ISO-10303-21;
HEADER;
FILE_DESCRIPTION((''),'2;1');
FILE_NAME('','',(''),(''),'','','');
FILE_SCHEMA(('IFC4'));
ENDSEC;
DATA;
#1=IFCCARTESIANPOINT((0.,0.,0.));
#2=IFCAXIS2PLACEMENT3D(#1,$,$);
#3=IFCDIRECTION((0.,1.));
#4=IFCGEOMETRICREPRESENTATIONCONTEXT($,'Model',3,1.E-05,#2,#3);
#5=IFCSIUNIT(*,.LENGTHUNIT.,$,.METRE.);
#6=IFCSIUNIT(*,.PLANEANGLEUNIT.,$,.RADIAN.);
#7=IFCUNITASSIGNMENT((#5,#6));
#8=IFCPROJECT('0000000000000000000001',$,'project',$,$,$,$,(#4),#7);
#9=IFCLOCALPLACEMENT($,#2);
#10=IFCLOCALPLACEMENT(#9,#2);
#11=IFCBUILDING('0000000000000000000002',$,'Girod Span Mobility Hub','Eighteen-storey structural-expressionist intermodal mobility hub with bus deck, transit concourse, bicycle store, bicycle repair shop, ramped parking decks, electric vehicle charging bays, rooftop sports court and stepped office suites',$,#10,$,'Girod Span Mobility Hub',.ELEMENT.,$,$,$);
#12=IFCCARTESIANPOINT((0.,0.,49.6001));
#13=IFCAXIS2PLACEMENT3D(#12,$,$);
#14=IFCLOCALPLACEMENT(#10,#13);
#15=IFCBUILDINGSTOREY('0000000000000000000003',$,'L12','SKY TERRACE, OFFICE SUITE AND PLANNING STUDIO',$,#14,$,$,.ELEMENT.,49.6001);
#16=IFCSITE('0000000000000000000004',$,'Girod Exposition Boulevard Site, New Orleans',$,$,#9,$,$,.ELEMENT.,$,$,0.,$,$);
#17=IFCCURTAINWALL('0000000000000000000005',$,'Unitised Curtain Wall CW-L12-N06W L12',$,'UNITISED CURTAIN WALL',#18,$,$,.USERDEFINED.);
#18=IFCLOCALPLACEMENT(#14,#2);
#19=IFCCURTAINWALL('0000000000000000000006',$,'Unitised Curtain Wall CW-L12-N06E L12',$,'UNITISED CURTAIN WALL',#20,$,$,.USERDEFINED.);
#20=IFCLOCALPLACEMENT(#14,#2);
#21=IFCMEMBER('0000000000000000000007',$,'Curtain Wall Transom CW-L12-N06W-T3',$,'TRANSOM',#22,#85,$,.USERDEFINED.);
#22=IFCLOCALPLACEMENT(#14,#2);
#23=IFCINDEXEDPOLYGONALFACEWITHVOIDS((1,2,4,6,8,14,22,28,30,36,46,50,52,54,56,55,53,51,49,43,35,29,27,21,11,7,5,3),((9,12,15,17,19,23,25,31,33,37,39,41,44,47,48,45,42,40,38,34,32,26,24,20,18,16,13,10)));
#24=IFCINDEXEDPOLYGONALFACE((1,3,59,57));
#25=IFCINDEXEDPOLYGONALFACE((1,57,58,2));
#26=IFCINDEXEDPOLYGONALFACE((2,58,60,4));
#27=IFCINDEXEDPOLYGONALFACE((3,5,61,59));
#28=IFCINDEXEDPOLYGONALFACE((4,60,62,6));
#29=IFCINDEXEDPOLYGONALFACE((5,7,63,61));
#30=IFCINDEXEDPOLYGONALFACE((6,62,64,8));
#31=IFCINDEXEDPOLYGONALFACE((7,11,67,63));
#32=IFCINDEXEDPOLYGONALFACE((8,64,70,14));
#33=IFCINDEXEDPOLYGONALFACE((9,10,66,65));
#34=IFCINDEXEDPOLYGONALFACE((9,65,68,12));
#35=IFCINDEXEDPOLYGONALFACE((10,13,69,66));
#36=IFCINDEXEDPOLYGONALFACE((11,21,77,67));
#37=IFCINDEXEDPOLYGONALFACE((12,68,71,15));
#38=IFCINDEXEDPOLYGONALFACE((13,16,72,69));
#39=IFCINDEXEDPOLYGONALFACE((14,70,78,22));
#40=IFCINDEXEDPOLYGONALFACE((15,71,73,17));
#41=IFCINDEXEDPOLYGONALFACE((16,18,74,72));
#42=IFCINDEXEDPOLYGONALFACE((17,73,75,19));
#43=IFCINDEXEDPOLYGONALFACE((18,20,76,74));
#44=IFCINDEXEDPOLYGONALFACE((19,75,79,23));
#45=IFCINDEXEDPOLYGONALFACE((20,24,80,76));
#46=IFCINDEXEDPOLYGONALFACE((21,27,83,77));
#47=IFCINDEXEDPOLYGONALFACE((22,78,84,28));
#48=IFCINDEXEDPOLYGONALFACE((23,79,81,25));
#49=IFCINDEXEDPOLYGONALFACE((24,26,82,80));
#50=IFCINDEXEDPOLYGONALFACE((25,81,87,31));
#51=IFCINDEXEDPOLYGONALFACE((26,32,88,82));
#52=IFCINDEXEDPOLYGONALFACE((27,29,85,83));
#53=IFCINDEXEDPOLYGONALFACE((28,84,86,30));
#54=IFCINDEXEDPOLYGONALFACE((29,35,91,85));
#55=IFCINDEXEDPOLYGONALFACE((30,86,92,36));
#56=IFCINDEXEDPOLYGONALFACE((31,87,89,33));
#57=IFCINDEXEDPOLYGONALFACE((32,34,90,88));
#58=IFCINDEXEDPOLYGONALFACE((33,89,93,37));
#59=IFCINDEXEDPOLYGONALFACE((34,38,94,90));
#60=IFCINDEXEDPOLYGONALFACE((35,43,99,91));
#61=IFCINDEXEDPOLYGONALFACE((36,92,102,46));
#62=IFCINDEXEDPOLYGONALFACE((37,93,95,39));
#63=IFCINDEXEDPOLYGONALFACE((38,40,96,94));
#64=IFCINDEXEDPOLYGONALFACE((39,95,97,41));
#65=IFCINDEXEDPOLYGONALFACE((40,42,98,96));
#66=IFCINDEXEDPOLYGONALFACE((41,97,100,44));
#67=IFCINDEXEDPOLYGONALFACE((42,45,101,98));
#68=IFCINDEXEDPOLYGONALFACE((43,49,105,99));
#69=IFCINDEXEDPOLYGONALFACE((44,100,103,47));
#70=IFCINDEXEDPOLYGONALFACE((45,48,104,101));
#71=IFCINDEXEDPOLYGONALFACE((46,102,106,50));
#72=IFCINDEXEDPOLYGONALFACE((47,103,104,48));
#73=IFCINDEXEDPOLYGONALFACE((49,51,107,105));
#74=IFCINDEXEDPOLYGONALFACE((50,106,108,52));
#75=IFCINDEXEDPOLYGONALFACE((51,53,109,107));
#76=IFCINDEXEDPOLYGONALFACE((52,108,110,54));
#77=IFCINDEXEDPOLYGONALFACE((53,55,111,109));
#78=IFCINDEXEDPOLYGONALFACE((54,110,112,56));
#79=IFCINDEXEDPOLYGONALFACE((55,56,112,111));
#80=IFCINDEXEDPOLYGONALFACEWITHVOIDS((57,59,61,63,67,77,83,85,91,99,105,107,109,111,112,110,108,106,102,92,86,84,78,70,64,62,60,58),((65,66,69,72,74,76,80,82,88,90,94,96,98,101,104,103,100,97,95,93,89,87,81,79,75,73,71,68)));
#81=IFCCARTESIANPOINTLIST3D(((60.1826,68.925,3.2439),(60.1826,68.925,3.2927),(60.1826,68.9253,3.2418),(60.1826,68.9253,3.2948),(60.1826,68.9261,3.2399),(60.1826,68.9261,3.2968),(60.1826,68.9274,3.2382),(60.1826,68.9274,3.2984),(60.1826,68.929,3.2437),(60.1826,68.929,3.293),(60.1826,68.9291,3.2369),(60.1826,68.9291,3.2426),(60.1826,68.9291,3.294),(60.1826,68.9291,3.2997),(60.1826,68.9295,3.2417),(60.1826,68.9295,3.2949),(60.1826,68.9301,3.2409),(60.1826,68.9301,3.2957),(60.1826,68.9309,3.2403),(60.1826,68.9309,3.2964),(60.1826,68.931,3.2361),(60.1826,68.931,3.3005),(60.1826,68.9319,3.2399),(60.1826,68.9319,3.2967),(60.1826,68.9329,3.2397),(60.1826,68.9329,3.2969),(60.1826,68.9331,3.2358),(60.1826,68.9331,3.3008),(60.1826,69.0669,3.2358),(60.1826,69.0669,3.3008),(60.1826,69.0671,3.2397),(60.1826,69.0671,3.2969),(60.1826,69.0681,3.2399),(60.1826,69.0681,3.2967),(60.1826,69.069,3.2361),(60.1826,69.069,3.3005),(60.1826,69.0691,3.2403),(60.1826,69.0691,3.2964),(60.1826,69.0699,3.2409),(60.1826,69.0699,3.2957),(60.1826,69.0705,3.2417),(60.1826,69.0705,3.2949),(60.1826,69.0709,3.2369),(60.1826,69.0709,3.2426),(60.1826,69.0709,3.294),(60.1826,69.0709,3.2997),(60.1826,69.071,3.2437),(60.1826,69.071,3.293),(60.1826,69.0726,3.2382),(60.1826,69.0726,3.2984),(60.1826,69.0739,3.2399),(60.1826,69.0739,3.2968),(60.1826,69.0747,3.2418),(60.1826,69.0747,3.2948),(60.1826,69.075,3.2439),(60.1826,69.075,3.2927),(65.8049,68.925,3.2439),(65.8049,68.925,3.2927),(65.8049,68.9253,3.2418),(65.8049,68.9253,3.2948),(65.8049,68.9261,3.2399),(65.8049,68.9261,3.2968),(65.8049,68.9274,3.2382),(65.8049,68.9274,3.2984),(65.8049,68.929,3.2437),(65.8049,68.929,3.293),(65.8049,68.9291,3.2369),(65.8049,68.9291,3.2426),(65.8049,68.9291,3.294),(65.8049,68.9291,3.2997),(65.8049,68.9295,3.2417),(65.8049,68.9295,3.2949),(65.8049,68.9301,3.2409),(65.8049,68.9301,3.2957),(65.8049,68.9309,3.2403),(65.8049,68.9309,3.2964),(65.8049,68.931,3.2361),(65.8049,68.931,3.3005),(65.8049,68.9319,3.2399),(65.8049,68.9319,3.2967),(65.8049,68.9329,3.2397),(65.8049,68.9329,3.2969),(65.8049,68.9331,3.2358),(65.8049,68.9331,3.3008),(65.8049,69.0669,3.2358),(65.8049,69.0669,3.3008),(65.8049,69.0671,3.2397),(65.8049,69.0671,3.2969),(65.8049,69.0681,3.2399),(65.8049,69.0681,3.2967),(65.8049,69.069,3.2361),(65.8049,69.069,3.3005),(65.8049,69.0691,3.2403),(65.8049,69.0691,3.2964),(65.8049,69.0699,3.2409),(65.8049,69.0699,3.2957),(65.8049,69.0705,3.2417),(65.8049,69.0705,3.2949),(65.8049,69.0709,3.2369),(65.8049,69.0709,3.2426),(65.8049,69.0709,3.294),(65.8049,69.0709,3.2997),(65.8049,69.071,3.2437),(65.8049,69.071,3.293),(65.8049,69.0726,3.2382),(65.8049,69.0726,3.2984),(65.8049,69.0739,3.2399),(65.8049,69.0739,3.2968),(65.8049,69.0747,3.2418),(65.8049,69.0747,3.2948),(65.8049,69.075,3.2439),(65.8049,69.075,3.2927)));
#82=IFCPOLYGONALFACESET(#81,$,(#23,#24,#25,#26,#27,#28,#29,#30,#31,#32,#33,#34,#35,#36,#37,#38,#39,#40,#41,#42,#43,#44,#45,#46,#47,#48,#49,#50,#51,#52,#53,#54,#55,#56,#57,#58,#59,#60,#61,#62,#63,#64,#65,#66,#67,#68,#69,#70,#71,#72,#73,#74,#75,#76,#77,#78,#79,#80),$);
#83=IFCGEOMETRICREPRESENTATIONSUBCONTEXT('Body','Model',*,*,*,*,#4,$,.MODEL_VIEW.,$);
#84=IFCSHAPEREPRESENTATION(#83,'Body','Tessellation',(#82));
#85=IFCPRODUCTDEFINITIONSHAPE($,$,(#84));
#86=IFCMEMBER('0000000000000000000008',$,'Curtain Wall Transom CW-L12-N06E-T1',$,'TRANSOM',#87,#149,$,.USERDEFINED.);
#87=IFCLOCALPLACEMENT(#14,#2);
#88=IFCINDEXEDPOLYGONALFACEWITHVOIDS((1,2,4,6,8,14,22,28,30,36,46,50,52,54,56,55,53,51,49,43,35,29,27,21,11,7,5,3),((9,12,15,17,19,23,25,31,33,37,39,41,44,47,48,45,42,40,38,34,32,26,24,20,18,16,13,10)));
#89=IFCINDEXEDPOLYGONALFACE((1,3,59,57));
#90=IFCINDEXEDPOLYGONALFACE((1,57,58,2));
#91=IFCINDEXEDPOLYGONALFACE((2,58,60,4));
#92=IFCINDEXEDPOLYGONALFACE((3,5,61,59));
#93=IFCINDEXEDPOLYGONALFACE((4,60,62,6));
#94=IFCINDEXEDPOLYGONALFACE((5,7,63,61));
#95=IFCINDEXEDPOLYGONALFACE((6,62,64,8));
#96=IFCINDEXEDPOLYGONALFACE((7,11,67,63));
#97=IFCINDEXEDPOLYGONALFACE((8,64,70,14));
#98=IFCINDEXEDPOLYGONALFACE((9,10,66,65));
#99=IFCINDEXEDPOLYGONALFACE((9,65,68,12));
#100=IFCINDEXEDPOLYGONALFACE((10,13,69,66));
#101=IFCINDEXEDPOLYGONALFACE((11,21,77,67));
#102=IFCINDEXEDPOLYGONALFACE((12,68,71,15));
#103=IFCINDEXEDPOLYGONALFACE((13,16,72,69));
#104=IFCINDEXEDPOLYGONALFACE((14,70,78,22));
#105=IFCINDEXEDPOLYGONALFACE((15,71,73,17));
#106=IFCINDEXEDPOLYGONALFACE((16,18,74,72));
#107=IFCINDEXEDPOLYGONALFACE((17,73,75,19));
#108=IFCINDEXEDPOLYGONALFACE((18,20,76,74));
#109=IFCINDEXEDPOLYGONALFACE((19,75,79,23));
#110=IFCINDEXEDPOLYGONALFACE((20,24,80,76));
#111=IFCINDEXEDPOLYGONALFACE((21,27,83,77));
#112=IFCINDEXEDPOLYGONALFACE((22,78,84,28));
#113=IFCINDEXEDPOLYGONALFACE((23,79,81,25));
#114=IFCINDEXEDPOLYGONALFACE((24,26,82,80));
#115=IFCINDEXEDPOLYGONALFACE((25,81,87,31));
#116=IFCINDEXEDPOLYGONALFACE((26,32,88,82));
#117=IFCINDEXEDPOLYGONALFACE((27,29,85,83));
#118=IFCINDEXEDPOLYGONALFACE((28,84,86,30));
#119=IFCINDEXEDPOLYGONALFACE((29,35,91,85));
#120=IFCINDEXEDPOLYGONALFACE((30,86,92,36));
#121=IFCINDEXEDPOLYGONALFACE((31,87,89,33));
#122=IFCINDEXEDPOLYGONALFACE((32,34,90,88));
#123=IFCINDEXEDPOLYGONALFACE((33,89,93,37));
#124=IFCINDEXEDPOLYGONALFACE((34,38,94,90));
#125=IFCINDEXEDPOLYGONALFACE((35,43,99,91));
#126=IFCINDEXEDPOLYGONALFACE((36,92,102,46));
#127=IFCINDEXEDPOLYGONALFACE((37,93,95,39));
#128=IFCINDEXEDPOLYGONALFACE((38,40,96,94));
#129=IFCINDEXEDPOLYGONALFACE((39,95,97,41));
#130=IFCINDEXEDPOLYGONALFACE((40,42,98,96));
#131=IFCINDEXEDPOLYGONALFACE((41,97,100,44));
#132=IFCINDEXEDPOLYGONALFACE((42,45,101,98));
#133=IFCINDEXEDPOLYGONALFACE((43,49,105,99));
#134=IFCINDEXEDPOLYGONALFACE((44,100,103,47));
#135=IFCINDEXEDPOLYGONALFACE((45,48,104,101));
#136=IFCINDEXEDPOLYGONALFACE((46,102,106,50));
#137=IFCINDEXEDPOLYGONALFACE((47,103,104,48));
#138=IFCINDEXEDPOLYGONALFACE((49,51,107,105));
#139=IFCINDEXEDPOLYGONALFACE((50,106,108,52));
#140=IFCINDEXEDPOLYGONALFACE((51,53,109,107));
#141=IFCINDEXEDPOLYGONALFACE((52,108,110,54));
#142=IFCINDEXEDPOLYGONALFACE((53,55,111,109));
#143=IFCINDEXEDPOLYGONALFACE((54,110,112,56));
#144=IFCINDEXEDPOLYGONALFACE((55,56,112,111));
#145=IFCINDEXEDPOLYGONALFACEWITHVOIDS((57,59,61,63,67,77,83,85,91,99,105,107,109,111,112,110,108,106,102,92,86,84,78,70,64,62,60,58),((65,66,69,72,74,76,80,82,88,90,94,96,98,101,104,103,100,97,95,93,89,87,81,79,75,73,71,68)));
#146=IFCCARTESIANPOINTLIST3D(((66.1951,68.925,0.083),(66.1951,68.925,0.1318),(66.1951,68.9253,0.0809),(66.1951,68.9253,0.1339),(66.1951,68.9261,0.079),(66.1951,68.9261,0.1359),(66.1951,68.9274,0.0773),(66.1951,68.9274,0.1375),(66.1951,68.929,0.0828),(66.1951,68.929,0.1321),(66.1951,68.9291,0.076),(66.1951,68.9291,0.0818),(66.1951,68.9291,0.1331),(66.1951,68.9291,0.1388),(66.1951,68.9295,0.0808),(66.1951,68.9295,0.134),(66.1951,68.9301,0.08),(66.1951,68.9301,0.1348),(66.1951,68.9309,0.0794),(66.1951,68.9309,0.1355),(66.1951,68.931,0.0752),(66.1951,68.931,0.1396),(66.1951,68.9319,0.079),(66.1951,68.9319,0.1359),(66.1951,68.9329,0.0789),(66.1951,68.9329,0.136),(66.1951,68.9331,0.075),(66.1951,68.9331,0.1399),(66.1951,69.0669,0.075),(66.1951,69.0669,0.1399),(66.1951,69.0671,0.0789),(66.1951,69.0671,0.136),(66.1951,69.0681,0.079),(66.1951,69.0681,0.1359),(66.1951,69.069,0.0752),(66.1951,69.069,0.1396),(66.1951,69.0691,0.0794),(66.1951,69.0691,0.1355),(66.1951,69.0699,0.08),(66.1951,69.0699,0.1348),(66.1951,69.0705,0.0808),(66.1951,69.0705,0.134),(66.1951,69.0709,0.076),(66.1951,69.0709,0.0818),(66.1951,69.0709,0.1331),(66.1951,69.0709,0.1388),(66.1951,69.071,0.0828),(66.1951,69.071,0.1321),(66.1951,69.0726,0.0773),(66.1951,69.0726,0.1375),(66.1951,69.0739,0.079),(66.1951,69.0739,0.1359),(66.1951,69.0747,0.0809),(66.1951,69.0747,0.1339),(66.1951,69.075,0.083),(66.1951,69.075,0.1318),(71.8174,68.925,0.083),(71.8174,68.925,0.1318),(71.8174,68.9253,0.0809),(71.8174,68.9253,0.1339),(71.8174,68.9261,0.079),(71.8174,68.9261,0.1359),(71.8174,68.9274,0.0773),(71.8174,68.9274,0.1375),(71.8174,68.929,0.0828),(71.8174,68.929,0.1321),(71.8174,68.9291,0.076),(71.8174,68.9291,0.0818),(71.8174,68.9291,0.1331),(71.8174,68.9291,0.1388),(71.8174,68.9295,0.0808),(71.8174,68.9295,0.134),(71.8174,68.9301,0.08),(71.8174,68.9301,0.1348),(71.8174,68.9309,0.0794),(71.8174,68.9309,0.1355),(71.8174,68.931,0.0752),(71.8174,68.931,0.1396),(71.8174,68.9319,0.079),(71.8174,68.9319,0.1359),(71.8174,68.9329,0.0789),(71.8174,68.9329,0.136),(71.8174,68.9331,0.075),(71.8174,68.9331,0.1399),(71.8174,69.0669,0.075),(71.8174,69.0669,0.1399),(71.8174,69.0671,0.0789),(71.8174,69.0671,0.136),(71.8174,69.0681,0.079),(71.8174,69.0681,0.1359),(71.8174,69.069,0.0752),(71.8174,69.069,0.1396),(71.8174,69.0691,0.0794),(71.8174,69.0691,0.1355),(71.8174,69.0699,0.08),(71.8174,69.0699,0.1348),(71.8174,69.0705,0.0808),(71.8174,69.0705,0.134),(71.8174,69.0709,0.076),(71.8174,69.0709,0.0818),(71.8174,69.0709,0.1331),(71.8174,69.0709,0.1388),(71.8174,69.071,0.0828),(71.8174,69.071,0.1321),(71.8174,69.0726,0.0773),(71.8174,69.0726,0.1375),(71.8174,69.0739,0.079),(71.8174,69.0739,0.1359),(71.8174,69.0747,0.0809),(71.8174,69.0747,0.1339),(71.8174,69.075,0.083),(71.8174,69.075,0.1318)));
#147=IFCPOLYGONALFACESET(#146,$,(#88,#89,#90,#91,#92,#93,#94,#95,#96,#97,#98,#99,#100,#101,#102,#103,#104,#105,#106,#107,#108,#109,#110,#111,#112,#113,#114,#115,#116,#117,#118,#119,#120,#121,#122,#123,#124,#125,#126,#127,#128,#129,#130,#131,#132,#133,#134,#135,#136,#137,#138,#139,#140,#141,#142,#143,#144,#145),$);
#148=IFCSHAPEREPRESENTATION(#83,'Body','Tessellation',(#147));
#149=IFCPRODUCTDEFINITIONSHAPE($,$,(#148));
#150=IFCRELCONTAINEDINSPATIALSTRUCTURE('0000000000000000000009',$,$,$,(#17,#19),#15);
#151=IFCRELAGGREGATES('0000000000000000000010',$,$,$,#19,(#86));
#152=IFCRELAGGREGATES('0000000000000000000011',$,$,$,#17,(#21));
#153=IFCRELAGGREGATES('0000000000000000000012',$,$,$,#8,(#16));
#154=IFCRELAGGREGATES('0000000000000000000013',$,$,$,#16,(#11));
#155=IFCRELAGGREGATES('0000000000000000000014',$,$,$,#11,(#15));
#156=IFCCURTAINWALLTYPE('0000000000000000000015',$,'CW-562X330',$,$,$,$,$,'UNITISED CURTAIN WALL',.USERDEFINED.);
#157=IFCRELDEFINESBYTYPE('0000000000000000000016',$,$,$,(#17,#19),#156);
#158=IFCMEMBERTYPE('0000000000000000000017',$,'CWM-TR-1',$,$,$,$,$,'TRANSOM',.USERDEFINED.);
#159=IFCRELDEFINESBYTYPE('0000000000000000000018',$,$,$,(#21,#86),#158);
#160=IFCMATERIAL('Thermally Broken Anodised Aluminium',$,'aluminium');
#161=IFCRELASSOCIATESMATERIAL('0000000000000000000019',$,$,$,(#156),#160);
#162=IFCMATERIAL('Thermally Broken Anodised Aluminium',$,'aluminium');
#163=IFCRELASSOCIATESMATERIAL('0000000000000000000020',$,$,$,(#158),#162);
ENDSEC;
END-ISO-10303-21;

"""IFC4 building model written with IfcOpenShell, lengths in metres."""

from ifc_helpers import new_model, si_unit, direction, frame, origin, origin_2d, place, context, subcontext, project, spatial, hollow_rectangle, extrude, material, material_profile, profile_set, type_object, element, aggregate, save


model = new_model("IFC4")

# Units and contexts
model_context = context("Model", 3, precision=1e-05, world=origin(), true_north=direction((0.0, 1.0)))
body_context = subcontext(model_context, "Body", "Model", "MODEL_VIEW")
ifc_project = project(units=[si_unit("LENGTHUNIT", "METRE"), si_unit("PLANEANGLEUNIT", "RADIAN")], contexts=[model_context])

# Site, building, storey
site_placement = place(None, origin())
site = spatial("IfcSite", under=ifc_project, at=site_placement, Name="Girod Exposition Boulevard Site, New Orleans", CompositionType="ELEMENT", RefElevation=0.0)
building_placement = place(site_placement, origin())
building = spatial("IfcBuilding", under=site, at=building_placement, Name="Girod Span Mobility Hub", Description="Eighteen-storey structural-expressionist intermodal mobility hub with bus deck, transit concourse, bicycle store, bicycle repair shop, ramped parking decks, electric vehicle charging bays, rooftop sports court and stepped office suites", LongName="Girod Span Mobility Hub", CompositionType="ELEMENT")
storey_placement = place(building_placement, frame((0.0, 0.0, 49.6001)))
storey = spatial("IfcBuildingStorey", under=building, at=storey_placement, Name="L12", Description="SKY TERRACE, OFFICE SUITE AND PLANNING STUDIO", CompositionType="ELEMENT", Elevation=49.6001)

# Curtain wall
ifc_material_1 = material(Name="Thermally Broken Anodised Aluminium", Category="aluminium")
curtain_wall_type = type_object("IfcCurtainWallType", Name="CW-562X330", ElementType="UNITISED CURTAIN WALL", PredefinedType="USERDEFINED", material=ifc_material_1)
curtain_wall_1_placement = place(storey_placement, origin())
curtain_wall_1 = element("IfcCurtainWall", 1, at=curtain_wall_1_placement, inside=storey, type_object=curtain_wall_type, Name="Unitised Curtain Wall CW-L12-N06W L12", ObjectType="UNITISED CURTAIN WALL", PredefinedType="USERDEFINED")

# Curtain wall
curtain_wall_2_placement = place(storey_placement, origin())
curtain_wall_2 = element("IfcCurtainWall", 2, at=curtain_wall_2_placement, inside=storey, type_object=curtain_wall_type, Name="Unitised Curtain Wall CW-L12-N06E L12", ObjectType="UNITISED CURTAIN WALL", PredefinedType="USERDEFINED")

# Members
ifc_material_2 = material(Name="Thermally Broken Anodised Aluminium", Category="aluminium")
ifc_material_profile_1 = material_profile(ifc_material_2, hollow_rectangle(XDim=0.1499, YDim=0.0649, WallThickness=0.0039, InnerFilletRadius=0.0039, OuterFilletRadius=0.0081, at=origin_2d()), Name="CW-TR-65X150")
ifc_profile_set_1 = profile_set([ifc_material_profile_1], Name="Thermally Broken Anodised Aluminium")
member_type_1 = type_object("IfcMemberType", Name="CWM-TR-1", ElementType="TRANSOM", PredefinedType="USERDEFINED", material=ifc_profile_set_1)
member_1_placement = place(storey_placement, frame((60.1826, 69.0, 3.2683), z_axis=(1.0, 0.0, 0.0), x_axis=(0.0, 1.0, 0.0)))
member_1 = element("IfcMember", 3, at=member_1_placement, type_object=member_type_1, Name="Curtain Wall Transom CW-L12-N06W-T3", ObjectType="TRANSOM", PredefinedType="USERDEFINED", context=body_context, shape_type="SweptSolid", body=[
    extrude(hollow_rectangle(XDim=0.1499, YDim=0.0649, WallThickness=0.0039, InnerFilletRadius=0.0039, OuterFilletRadius=0.0081, at=origin_2d()), origin(), (0.0, 0.0, 1.0), 5.6223),
])
member_2_placement = place(storey_placement, frame((66.1951, 69.0, 0.1074), z_axis=(1.0, 0.0, 0.0), x_axis=(0.0, 1.0, 0.0)))
member_2 = element("IfcMember", 4, at=member_2_placement, type_object=member_type_1, Name="Curtain Wall Transom CW-L12-N06E-T1", ObjectType="TRANSOM", PredefinedType="USERDEFINED", context=body_context, shape_type="SweptSolid", body=[
    extrude(hollow_rectangle(XDim=0.1499, YDim=0.0649, WallThickness=0.0039, InnerFilletRadius=0.0039, OuterFilletRadius=0.0081, at=origin_2d()), origin(), (0.0, 0.0, 1.0), 5.6223),
])
aggregate(curtain_wall_2, [member_2])

aggregate(curtain_wall_1, [member_1])

save(model, "model.ifc")
